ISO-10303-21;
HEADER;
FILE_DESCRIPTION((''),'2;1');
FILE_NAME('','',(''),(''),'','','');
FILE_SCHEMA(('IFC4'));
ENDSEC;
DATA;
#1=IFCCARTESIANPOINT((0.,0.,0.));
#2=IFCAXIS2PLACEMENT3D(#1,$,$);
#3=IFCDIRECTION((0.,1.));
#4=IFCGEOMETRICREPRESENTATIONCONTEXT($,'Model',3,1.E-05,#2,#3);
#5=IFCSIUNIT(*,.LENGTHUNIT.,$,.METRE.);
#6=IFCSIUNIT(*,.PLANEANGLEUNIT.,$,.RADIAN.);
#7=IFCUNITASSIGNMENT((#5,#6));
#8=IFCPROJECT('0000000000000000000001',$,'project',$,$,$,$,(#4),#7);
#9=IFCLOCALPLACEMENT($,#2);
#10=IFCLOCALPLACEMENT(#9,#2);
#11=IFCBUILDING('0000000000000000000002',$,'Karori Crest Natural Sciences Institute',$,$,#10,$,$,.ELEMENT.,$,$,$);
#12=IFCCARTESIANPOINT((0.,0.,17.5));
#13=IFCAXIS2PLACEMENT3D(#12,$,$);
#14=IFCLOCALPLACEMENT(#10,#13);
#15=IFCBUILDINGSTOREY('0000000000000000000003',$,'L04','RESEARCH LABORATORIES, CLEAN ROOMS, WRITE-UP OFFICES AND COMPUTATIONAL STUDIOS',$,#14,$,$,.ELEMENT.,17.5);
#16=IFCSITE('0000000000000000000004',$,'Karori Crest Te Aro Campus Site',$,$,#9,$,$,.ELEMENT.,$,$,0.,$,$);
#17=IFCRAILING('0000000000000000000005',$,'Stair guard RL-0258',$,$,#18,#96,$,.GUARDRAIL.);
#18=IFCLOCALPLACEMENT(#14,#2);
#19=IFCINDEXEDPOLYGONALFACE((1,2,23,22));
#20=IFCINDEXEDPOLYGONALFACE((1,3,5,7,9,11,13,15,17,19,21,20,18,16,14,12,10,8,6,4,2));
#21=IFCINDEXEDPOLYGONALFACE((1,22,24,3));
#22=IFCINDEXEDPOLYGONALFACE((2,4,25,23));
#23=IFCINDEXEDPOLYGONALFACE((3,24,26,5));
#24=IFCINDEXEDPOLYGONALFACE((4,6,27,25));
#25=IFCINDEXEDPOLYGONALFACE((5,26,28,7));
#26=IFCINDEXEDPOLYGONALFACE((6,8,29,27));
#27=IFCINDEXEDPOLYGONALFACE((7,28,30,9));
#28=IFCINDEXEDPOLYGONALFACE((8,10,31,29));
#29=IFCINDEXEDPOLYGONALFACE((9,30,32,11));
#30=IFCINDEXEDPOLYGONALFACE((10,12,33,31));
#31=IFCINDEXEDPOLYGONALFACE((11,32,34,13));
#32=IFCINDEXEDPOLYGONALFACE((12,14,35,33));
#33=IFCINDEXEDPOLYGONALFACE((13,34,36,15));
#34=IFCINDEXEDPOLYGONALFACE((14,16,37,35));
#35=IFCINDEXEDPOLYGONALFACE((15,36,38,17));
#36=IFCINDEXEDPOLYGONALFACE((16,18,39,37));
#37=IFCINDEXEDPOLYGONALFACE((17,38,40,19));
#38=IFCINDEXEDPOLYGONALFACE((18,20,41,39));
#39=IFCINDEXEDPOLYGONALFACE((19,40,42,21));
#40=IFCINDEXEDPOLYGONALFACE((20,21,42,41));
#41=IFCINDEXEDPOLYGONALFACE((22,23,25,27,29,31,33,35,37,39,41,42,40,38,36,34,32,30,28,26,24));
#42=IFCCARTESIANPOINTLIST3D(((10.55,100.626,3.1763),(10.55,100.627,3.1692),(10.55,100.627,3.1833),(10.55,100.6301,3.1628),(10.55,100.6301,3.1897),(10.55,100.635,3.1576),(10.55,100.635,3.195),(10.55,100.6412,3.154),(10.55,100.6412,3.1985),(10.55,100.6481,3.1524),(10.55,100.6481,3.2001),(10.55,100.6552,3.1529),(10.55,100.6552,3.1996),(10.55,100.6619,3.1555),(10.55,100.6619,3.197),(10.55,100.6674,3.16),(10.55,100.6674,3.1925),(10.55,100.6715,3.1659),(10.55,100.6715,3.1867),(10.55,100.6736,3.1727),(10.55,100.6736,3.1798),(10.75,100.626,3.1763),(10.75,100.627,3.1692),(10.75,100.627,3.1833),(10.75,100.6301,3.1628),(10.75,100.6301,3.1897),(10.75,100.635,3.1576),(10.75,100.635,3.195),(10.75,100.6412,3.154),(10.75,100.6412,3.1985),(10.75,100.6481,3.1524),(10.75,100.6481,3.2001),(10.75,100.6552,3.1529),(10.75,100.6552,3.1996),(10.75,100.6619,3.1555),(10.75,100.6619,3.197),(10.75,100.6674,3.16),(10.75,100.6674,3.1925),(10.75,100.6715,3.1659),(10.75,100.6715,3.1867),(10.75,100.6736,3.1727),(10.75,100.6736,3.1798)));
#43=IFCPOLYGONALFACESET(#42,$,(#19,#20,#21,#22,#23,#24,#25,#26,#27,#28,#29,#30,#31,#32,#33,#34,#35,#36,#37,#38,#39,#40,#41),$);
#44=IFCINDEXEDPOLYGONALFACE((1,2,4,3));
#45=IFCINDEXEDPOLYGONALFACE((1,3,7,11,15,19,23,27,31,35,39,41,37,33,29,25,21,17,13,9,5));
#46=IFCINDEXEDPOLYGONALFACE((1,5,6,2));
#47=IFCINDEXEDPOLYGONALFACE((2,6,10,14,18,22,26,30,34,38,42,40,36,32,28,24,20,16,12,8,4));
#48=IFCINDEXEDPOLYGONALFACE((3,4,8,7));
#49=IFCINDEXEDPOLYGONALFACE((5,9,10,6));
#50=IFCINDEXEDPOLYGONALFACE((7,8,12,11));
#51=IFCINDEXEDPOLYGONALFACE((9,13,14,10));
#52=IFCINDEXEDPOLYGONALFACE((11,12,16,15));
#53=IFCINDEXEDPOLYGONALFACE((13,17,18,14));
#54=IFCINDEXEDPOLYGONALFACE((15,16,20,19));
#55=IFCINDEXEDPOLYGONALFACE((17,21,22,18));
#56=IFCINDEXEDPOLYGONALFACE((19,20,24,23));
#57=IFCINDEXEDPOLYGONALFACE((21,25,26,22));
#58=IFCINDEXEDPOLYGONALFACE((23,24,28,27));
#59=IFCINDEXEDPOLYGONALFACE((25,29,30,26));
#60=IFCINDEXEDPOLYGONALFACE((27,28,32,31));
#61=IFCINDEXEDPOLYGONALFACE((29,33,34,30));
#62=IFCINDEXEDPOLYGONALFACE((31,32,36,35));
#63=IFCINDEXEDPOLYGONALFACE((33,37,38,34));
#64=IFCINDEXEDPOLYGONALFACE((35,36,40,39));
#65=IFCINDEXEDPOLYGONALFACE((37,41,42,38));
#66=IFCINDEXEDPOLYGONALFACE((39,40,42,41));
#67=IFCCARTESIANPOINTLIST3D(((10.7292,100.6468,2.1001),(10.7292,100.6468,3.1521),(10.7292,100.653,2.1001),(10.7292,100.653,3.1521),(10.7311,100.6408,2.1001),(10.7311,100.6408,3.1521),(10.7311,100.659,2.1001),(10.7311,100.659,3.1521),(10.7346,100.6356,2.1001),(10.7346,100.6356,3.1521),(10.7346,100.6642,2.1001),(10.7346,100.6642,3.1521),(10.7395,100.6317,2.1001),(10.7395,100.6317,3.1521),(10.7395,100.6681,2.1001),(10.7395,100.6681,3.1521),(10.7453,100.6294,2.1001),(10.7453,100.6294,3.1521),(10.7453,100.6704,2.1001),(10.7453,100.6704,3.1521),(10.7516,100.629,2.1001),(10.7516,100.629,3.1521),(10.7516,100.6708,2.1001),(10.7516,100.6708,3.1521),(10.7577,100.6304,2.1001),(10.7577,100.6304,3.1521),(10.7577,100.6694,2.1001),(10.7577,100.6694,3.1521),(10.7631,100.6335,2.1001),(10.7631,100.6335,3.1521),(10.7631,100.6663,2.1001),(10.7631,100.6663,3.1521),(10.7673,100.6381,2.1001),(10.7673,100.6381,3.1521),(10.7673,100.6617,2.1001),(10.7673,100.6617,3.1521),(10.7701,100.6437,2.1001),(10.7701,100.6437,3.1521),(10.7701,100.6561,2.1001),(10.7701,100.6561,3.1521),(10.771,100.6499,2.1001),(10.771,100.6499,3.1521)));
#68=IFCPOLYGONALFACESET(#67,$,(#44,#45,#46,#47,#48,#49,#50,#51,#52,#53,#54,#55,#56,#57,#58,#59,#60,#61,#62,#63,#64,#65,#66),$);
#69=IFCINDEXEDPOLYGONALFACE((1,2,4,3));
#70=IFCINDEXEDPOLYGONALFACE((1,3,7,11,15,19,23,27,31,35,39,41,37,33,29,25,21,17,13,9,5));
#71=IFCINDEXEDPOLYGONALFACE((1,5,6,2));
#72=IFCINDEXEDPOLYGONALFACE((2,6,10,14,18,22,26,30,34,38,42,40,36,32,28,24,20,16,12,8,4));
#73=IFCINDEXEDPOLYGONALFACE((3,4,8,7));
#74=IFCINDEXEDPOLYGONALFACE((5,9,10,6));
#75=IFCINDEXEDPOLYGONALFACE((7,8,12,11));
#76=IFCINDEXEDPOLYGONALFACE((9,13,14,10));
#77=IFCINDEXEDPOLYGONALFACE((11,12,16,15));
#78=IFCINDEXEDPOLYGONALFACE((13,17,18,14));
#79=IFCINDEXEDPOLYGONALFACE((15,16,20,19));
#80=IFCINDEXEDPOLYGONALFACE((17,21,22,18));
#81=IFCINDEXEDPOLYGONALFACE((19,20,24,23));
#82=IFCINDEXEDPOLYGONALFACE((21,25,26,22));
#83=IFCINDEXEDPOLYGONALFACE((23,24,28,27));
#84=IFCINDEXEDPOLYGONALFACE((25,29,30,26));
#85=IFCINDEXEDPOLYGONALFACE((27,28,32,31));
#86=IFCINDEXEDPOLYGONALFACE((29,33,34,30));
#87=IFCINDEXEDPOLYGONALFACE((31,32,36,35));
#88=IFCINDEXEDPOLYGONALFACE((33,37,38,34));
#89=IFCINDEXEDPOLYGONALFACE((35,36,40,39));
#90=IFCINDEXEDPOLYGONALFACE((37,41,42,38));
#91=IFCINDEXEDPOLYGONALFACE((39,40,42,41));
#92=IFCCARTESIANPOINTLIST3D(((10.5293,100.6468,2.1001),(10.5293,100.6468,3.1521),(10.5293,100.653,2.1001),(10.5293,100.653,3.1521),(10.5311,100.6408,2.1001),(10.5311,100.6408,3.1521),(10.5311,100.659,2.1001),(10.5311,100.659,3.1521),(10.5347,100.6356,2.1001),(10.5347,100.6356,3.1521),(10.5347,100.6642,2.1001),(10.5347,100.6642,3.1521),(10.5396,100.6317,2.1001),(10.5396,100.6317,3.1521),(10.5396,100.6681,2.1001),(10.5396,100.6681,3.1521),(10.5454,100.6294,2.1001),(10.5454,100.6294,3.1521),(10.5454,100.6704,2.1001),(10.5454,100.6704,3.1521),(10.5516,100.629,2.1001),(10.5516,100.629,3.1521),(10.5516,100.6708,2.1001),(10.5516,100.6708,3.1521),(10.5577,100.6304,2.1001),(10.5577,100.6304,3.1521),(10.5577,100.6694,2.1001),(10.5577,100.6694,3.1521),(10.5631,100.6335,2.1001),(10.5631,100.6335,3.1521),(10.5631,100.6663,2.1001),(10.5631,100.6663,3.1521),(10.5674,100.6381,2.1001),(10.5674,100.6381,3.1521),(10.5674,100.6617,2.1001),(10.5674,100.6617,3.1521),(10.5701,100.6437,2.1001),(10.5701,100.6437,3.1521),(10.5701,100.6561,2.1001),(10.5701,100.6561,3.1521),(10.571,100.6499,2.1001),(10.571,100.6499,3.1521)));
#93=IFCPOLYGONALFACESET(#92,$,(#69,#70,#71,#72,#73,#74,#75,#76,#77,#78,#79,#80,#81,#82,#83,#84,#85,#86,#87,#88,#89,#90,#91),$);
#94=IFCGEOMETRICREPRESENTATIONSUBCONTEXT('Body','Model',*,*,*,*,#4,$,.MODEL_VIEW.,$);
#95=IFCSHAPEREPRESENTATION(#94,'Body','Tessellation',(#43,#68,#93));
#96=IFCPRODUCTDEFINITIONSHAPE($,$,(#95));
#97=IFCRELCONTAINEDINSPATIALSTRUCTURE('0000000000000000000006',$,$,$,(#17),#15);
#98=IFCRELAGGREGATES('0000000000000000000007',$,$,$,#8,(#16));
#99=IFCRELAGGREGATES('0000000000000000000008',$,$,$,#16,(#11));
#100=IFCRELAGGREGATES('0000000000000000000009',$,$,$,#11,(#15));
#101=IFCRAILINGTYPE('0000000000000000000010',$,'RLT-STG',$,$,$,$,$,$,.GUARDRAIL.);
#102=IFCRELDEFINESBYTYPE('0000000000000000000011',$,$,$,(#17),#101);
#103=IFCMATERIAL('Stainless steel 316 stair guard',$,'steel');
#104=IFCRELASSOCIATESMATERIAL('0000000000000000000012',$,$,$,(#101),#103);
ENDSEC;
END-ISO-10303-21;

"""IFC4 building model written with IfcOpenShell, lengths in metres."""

from ifc_helpers import new_model, si_unit, direction, frame, origin, origin_2d, place, context, subcontext, project, spatial, circle, extrude, material, type_object, element, save


model = new_model("IFC4")

# Units and contexts
model_context = context("Model", 3, precision=1e-05, world=origin(), true_north=direction((0.0, 1.0)))
body_context = subcontext(model_context, "Body", "Model", "MODEL_VIEW")
ifc_project = project(units=[si_unit("LENGTHUNIT", "METRE"), si_unit("PLANEANGLEUNIT", "RADIAN")], contexts=[model_context])

# Site, building, storey
site_placement = place(None, origin())
site = spatial("IfcSite", under=ifc_project, at=site_placement, Name="Karori Crest Te Aro Campus Site", CompositionType="ELEMENT", RefElevation=0.0)
building_placement = place(site_placement, origin())
building = spatial("IfcBuilding", under=site, at=building_placement, Name="Karori Crest Natural Sciences Institute", CompositionType="ELEMENT")
storey_placement = place(building_placement, frame((0.0, 0.0, 17.5)))
storey = spatial("IfcBuildingStorey", under=building, at=storey_placement, Name="L04", Description="RESEARCH LABORATORIES, CLEAN ROOMS, WRITE-UP OFFICES AND COMPUTATIONAL STUDIOS", CompositionType="ELEMENT", Elevation=17.5)

# Railing
ifc_material_1 = material(Name="Stainless steel 316 stair guard", Category="steel")
railing_type_1 = type_object("IfcRailingType", Name="RLT-STG", PredefinedType="GUARDRAIL", material=ifc_material_1)
railing_1_placement = place(storey_placement, frame((10.75, 100.6499, 2.1001)))
element("IfcRailing", 1, at=railing_1_placement, inside=storey, type_object=railing_type_1, Name="Stair guard RL-0258", PredefinedType="GUARDRAIL", context=body_context, shape_type="SweptSolid", body=[
    extrude(circle(Radius=0.0239, at=origin_2d()), frame((0.0, 0.0, 1.0762), z_axis=(-1.0, 0.0, 0.0), x_axis=(0.0, -1.0, 0.0)), (0.0, 0.0, 1.0), 0.2),
    extrude(circle(Radius=0.021, at=origin_2d()), origin(), (0.0, 0.0, 1.0), 1.052),
    extrude(circle(Radius=0.021, at=origin_2d()), frame((-0.2, 0.0, 0.0)), (0.0, 0.0, 1.0), 1.052),
])

save(model, "model.ifc")
